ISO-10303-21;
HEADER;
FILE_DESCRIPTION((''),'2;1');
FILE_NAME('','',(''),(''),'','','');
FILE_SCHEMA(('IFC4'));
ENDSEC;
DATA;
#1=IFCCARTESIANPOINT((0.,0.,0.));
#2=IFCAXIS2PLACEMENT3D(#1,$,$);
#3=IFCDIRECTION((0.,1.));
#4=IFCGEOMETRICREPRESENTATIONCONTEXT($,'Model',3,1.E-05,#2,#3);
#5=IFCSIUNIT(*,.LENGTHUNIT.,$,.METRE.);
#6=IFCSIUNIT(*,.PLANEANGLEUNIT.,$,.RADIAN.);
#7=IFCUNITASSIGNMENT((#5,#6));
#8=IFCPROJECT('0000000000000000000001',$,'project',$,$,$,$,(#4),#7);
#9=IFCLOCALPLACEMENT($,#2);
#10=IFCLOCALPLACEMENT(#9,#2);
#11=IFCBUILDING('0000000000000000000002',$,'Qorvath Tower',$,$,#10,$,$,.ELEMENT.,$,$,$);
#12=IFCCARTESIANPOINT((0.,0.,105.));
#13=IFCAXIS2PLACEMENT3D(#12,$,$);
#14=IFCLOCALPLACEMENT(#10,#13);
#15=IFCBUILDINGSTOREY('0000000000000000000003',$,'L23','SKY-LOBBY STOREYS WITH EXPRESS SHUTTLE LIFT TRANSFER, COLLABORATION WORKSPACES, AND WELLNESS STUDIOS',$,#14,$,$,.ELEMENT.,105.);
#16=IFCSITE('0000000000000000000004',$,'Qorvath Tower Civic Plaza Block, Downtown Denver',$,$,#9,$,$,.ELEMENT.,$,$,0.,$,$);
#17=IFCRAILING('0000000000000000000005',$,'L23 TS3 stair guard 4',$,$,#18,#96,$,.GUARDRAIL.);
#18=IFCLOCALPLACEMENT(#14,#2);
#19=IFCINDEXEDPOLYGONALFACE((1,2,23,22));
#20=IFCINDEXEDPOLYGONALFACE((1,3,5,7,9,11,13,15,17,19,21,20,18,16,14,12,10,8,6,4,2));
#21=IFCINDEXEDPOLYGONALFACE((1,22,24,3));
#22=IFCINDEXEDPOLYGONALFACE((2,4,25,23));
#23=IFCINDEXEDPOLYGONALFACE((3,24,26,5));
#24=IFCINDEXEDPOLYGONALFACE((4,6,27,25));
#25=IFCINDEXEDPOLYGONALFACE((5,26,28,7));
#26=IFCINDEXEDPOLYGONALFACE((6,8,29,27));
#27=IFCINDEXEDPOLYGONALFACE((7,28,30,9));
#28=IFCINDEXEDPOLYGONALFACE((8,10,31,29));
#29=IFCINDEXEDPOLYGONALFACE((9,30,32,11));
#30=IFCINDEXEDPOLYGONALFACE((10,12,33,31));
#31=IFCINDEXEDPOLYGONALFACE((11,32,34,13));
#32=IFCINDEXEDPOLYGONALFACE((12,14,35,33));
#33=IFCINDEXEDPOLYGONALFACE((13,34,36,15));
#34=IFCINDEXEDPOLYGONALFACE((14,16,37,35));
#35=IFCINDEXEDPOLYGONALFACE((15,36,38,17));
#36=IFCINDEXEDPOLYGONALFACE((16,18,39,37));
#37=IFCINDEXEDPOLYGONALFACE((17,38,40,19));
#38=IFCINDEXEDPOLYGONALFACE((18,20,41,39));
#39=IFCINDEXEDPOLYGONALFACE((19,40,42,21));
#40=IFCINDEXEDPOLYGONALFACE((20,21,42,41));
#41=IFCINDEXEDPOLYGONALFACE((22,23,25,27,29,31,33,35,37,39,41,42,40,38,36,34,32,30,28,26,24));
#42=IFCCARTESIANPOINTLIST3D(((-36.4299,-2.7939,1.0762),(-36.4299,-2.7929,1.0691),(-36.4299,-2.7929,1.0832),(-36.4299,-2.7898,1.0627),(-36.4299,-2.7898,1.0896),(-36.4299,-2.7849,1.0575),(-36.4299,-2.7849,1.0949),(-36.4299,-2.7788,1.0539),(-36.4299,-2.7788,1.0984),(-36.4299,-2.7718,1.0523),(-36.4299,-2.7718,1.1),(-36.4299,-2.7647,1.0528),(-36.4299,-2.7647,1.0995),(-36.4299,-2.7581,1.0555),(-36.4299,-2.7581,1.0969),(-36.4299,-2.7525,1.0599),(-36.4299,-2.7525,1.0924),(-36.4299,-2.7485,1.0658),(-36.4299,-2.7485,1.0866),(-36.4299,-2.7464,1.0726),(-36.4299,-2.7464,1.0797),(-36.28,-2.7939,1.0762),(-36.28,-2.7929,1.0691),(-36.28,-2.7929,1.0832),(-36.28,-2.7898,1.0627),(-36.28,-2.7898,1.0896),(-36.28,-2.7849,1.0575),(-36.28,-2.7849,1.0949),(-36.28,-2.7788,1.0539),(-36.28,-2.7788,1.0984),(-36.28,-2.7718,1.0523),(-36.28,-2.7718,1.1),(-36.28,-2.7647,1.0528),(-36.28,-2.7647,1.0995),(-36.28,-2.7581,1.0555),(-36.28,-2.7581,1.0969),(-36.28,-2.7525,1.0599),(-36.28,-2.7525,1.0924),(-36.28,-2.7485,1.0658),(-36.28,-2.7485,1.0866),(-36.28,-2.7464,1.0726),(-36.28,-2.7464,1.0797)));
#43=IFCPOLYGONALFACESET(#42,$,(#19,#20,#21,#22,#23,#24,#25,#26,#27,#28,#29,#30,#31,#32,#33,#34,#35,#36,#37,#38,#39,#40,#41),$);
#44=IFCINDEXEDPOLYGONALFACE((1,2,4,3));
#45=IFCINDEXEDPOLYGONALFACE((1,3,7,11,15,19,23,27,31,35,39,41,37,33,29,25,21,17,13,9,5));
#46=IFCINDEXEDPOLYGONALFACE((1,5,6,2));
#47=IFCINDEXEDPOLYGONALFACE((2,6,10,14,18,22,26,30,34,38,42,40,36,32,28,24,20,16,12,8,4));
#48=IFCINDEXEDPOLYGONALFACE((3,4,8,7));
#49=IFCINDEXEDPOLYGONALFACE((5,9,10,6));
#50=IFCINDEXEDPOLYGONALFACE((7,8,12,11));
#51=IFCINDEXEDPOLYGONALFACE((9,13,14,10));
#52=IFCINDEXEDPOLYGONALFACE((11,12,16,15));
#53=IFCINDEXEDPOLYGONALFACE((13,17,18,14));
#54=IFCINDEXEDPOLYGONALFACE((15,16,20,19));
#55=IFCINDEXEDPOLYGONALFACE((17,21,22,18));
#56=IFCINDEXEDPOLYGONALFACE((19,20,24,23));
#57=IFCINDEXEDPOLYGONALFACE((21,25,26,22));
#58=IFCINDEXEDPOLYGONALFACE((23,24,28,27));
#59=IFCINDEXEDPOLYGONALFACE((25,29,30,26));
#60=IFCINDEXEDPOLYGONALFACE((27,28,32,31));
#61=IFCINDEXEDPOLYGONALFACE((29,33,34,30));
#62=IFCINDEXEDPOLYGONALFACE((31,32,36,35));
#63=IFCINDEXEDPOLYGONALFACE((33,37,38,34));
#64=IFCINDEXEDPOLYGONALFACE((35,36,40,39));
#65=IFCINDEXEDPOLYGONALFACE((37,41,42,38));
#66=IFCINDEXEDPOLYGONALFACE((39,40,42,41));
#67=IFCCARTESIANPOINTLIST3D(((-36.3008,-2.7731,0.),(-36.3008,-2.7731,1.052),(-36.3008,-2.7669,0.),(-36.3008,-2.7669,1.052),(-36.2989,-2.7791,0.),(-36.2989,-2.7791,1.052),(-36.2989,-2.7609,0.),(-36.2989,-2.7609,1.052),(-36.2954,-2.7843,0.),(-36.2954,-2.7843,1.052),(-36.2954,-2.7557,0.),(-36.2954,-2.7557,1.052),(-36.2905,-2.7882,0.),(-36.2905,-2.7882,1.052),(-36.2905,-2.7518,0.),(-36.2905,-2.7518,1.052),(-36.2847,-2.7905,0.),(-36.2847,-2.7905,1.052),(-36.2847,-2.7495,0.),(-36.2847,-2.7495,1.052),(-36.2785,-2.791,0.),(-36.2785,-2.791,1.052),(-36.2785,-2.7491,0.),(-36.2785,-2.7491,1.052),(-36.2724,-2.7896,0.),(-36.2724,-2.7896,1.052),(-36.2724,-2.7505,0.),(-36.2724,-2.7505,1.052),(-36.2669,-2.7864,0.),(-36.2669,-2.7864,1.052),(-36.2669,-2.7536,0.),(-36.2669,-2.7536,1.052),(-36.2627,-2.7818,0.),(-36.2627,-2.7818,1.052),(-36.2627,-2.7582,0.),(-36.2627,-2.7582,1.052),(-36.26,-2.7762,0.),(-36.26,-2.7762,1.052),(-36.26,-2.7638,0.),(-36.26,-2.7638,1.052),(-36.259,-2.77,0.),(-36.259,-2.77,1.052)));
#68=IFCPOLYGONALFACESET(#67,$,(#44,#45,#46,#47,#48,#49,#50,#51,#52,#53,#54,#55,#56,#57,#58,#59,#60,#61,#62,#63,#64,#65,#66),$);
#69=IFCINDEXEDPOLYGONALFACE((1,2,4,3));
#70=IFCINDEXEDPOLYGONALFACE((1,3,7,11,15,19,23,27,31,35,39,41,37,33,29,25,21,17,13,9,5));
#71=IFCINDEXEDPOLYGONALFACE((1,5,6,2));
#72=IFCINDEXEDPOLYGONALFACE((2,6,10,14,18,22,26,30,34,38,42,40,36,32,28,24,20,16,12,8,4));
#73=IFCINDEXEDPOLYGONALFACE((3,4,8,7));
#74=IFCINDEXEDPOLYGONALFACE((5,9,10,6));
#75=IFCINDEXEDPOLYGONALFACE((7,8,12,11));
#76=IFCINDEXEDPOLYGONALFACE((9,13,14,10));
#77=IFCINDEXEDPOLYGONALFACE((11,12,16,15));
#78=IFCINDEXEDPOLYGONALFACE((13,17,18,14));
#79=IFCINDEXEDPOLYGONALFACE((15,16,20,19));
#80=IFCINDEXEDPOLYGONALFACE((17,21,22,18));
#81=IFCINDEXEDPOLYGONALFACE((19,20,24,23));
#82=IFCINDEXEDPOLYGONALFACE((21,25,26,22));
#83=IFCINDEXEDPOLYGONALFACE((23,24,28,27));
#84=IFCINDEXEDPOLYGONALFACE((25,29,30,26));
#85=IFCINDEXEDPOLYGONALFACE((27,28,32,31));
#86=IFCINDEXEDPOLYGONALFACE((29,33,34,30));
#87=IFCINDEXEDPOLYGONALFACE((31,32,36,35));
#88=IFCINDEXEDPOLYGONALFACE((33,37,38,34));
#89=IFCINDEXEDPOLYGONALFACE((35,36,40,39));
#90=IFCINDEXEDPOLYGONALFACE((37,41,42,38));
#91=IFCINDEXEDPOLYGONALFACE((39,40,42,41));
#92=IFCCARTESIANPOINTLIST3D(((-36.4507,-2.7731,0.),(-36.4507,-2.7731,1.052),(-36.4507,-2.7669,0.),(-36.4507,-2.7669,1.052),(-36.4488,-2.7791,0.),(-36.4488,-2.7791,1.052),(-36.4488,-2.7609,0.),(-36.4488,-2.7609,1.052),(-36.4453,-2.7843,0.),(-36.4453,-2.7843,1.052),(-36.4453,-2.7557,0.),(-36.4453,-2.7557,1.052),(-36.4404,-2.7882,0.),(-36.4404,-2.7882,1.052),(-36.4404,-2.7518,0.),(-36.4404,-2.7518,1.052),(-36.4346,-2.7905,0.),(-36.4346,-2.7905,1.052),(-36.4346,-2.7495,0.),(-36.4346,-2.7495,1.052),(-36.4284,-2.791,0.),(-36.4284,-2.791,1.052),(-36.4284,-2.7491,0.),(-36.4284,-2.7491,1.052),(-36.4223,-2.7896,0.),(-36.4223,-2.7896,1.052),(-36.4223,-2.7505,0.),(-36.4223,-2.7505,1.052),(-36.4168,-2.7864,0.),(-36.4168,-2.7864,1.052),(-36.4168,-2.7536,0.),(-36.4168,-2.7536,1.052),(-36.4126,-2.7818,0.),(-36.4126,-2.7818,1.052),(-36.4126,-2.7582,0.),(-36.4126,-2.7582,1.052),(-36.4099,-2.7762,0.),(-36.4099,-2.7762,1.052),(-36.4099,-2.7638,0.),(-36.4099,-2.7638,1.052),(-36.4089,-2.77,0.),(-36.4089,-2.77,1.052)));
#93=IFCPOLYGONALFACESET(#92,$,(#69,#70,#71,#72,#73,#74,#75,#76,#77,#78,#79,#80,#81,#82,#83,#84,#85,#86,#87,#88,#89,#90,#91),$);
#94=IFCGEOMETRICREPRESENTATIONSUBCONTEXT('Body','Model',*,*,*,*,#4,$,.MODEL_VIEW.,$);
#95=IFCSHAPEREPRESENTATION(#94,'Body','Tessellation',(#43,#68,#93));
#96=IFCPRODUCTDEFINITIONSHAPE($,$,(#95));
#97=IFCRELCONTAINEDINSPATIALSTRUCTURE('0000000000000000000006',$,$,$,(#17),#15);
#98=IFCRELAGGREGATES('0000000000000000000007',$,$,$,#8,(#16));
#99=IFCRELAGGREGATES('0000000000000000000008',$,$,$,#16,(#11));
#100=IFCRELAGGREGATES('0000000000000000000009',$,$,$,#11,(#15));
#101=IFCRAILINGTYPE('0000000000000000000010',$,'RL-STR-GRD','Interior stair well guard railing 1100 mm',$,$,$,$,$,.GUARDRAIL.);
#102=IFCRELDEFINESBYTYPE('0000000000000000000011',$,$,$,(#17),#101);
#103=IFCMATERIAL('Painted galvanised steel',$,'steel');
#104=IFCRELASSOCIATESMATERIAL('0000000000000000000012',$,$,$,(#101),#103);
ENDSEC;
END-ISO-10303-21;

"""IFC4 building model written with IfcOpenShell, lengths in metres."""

from ifc_helpers import new_model, si_unit, direction, frame, origin, origin_2d, place, context, subcontext, project, spatial, circle, extrude, material, type_object, element, save


model = new_model("IFC4")

# Units and contexts
model_context = context("Model", 3, precision=1e-05, world=origin(), true_north=direction((0.0, 1.0)))
body_context = subcontext(model_context, "Body", "Model", "MODEL_VIEW")
ifc_project = project(units=[si_unit("LENGTHUNIT", "METRE"), si_unit("PLANEANGLEUNIT", "RADIAN")], contexts=[model_context])

# Site, building, storey
site_placement = place(None, origin())
site = spatial("IfcSite", under=ifc_project, at=site_placement, Name="Qorvath Tower Civic Plaza Block, Downtown Denver", CompositionType="ELEMENT", RefElevation=0.0)
building_placement = place(site_placement, origin())
building = spatial("IfcBuilding", under=site, at=building_placement, Name="Qorvath Tower", CompositionType="ELEMENT")
storey_placement = place(building_placement, frame((0.0, 0.0, 105.0)))
storey = spatial("IfcBuildingStorey", under=building, at=storey_placement, Name="L23", Description="SKY-LOBBY STOREYS WITH EXPRESS SHUTTLE LIFT TRANSFER, COLLABORATION WORKSPACES, AND WELLNESS STUDIOS", CompositionType="ELEMENT", Elevation=105.0)

# Railing
ifc_material_1 = material(Name="Painted galvanised steel", Category="steel")
railing_type_1 = type_object("IfcRailingType", Name="RL-STR-GRD", Description="Interior stair well guard railing 1100 mm", PredefinedType="GUARDRAIL", material=ifc_material_1)
railing_1_placement = place(storey_placement, frame((-36.28, -2.77, 0.0)))
element("IfcRailing", 1, at=railing_1_placement, inside=storey, type_object=railing_type_1, Name="L23 TS3 stair guard 4", PredefinedType="GUARDRAIL", context=body_context, shape_type="SweptSolid", body=[
    extrude(circle(Radius=0.0239, at=origin_2d()), frame((0.0, 0.0, 1.0762), z_axis=(-1.0, 0.0, 0.0), x_axis=(0.0, -1.0, 0.0)), (0.0, 0.0, 1.0), 0.1499),
    extrude(circle(Radius=0.021, at=origin_2d()), origin(), (0.0, 0.0, 1.0), 1.052),
    extrude(circle(Radius=0.021, at=origin_2d()), frame((-0.1499, 0.0, 0.0)), (0.0, 0.0, 1.0), 1.052),
])

save(model, "model.ifc")
